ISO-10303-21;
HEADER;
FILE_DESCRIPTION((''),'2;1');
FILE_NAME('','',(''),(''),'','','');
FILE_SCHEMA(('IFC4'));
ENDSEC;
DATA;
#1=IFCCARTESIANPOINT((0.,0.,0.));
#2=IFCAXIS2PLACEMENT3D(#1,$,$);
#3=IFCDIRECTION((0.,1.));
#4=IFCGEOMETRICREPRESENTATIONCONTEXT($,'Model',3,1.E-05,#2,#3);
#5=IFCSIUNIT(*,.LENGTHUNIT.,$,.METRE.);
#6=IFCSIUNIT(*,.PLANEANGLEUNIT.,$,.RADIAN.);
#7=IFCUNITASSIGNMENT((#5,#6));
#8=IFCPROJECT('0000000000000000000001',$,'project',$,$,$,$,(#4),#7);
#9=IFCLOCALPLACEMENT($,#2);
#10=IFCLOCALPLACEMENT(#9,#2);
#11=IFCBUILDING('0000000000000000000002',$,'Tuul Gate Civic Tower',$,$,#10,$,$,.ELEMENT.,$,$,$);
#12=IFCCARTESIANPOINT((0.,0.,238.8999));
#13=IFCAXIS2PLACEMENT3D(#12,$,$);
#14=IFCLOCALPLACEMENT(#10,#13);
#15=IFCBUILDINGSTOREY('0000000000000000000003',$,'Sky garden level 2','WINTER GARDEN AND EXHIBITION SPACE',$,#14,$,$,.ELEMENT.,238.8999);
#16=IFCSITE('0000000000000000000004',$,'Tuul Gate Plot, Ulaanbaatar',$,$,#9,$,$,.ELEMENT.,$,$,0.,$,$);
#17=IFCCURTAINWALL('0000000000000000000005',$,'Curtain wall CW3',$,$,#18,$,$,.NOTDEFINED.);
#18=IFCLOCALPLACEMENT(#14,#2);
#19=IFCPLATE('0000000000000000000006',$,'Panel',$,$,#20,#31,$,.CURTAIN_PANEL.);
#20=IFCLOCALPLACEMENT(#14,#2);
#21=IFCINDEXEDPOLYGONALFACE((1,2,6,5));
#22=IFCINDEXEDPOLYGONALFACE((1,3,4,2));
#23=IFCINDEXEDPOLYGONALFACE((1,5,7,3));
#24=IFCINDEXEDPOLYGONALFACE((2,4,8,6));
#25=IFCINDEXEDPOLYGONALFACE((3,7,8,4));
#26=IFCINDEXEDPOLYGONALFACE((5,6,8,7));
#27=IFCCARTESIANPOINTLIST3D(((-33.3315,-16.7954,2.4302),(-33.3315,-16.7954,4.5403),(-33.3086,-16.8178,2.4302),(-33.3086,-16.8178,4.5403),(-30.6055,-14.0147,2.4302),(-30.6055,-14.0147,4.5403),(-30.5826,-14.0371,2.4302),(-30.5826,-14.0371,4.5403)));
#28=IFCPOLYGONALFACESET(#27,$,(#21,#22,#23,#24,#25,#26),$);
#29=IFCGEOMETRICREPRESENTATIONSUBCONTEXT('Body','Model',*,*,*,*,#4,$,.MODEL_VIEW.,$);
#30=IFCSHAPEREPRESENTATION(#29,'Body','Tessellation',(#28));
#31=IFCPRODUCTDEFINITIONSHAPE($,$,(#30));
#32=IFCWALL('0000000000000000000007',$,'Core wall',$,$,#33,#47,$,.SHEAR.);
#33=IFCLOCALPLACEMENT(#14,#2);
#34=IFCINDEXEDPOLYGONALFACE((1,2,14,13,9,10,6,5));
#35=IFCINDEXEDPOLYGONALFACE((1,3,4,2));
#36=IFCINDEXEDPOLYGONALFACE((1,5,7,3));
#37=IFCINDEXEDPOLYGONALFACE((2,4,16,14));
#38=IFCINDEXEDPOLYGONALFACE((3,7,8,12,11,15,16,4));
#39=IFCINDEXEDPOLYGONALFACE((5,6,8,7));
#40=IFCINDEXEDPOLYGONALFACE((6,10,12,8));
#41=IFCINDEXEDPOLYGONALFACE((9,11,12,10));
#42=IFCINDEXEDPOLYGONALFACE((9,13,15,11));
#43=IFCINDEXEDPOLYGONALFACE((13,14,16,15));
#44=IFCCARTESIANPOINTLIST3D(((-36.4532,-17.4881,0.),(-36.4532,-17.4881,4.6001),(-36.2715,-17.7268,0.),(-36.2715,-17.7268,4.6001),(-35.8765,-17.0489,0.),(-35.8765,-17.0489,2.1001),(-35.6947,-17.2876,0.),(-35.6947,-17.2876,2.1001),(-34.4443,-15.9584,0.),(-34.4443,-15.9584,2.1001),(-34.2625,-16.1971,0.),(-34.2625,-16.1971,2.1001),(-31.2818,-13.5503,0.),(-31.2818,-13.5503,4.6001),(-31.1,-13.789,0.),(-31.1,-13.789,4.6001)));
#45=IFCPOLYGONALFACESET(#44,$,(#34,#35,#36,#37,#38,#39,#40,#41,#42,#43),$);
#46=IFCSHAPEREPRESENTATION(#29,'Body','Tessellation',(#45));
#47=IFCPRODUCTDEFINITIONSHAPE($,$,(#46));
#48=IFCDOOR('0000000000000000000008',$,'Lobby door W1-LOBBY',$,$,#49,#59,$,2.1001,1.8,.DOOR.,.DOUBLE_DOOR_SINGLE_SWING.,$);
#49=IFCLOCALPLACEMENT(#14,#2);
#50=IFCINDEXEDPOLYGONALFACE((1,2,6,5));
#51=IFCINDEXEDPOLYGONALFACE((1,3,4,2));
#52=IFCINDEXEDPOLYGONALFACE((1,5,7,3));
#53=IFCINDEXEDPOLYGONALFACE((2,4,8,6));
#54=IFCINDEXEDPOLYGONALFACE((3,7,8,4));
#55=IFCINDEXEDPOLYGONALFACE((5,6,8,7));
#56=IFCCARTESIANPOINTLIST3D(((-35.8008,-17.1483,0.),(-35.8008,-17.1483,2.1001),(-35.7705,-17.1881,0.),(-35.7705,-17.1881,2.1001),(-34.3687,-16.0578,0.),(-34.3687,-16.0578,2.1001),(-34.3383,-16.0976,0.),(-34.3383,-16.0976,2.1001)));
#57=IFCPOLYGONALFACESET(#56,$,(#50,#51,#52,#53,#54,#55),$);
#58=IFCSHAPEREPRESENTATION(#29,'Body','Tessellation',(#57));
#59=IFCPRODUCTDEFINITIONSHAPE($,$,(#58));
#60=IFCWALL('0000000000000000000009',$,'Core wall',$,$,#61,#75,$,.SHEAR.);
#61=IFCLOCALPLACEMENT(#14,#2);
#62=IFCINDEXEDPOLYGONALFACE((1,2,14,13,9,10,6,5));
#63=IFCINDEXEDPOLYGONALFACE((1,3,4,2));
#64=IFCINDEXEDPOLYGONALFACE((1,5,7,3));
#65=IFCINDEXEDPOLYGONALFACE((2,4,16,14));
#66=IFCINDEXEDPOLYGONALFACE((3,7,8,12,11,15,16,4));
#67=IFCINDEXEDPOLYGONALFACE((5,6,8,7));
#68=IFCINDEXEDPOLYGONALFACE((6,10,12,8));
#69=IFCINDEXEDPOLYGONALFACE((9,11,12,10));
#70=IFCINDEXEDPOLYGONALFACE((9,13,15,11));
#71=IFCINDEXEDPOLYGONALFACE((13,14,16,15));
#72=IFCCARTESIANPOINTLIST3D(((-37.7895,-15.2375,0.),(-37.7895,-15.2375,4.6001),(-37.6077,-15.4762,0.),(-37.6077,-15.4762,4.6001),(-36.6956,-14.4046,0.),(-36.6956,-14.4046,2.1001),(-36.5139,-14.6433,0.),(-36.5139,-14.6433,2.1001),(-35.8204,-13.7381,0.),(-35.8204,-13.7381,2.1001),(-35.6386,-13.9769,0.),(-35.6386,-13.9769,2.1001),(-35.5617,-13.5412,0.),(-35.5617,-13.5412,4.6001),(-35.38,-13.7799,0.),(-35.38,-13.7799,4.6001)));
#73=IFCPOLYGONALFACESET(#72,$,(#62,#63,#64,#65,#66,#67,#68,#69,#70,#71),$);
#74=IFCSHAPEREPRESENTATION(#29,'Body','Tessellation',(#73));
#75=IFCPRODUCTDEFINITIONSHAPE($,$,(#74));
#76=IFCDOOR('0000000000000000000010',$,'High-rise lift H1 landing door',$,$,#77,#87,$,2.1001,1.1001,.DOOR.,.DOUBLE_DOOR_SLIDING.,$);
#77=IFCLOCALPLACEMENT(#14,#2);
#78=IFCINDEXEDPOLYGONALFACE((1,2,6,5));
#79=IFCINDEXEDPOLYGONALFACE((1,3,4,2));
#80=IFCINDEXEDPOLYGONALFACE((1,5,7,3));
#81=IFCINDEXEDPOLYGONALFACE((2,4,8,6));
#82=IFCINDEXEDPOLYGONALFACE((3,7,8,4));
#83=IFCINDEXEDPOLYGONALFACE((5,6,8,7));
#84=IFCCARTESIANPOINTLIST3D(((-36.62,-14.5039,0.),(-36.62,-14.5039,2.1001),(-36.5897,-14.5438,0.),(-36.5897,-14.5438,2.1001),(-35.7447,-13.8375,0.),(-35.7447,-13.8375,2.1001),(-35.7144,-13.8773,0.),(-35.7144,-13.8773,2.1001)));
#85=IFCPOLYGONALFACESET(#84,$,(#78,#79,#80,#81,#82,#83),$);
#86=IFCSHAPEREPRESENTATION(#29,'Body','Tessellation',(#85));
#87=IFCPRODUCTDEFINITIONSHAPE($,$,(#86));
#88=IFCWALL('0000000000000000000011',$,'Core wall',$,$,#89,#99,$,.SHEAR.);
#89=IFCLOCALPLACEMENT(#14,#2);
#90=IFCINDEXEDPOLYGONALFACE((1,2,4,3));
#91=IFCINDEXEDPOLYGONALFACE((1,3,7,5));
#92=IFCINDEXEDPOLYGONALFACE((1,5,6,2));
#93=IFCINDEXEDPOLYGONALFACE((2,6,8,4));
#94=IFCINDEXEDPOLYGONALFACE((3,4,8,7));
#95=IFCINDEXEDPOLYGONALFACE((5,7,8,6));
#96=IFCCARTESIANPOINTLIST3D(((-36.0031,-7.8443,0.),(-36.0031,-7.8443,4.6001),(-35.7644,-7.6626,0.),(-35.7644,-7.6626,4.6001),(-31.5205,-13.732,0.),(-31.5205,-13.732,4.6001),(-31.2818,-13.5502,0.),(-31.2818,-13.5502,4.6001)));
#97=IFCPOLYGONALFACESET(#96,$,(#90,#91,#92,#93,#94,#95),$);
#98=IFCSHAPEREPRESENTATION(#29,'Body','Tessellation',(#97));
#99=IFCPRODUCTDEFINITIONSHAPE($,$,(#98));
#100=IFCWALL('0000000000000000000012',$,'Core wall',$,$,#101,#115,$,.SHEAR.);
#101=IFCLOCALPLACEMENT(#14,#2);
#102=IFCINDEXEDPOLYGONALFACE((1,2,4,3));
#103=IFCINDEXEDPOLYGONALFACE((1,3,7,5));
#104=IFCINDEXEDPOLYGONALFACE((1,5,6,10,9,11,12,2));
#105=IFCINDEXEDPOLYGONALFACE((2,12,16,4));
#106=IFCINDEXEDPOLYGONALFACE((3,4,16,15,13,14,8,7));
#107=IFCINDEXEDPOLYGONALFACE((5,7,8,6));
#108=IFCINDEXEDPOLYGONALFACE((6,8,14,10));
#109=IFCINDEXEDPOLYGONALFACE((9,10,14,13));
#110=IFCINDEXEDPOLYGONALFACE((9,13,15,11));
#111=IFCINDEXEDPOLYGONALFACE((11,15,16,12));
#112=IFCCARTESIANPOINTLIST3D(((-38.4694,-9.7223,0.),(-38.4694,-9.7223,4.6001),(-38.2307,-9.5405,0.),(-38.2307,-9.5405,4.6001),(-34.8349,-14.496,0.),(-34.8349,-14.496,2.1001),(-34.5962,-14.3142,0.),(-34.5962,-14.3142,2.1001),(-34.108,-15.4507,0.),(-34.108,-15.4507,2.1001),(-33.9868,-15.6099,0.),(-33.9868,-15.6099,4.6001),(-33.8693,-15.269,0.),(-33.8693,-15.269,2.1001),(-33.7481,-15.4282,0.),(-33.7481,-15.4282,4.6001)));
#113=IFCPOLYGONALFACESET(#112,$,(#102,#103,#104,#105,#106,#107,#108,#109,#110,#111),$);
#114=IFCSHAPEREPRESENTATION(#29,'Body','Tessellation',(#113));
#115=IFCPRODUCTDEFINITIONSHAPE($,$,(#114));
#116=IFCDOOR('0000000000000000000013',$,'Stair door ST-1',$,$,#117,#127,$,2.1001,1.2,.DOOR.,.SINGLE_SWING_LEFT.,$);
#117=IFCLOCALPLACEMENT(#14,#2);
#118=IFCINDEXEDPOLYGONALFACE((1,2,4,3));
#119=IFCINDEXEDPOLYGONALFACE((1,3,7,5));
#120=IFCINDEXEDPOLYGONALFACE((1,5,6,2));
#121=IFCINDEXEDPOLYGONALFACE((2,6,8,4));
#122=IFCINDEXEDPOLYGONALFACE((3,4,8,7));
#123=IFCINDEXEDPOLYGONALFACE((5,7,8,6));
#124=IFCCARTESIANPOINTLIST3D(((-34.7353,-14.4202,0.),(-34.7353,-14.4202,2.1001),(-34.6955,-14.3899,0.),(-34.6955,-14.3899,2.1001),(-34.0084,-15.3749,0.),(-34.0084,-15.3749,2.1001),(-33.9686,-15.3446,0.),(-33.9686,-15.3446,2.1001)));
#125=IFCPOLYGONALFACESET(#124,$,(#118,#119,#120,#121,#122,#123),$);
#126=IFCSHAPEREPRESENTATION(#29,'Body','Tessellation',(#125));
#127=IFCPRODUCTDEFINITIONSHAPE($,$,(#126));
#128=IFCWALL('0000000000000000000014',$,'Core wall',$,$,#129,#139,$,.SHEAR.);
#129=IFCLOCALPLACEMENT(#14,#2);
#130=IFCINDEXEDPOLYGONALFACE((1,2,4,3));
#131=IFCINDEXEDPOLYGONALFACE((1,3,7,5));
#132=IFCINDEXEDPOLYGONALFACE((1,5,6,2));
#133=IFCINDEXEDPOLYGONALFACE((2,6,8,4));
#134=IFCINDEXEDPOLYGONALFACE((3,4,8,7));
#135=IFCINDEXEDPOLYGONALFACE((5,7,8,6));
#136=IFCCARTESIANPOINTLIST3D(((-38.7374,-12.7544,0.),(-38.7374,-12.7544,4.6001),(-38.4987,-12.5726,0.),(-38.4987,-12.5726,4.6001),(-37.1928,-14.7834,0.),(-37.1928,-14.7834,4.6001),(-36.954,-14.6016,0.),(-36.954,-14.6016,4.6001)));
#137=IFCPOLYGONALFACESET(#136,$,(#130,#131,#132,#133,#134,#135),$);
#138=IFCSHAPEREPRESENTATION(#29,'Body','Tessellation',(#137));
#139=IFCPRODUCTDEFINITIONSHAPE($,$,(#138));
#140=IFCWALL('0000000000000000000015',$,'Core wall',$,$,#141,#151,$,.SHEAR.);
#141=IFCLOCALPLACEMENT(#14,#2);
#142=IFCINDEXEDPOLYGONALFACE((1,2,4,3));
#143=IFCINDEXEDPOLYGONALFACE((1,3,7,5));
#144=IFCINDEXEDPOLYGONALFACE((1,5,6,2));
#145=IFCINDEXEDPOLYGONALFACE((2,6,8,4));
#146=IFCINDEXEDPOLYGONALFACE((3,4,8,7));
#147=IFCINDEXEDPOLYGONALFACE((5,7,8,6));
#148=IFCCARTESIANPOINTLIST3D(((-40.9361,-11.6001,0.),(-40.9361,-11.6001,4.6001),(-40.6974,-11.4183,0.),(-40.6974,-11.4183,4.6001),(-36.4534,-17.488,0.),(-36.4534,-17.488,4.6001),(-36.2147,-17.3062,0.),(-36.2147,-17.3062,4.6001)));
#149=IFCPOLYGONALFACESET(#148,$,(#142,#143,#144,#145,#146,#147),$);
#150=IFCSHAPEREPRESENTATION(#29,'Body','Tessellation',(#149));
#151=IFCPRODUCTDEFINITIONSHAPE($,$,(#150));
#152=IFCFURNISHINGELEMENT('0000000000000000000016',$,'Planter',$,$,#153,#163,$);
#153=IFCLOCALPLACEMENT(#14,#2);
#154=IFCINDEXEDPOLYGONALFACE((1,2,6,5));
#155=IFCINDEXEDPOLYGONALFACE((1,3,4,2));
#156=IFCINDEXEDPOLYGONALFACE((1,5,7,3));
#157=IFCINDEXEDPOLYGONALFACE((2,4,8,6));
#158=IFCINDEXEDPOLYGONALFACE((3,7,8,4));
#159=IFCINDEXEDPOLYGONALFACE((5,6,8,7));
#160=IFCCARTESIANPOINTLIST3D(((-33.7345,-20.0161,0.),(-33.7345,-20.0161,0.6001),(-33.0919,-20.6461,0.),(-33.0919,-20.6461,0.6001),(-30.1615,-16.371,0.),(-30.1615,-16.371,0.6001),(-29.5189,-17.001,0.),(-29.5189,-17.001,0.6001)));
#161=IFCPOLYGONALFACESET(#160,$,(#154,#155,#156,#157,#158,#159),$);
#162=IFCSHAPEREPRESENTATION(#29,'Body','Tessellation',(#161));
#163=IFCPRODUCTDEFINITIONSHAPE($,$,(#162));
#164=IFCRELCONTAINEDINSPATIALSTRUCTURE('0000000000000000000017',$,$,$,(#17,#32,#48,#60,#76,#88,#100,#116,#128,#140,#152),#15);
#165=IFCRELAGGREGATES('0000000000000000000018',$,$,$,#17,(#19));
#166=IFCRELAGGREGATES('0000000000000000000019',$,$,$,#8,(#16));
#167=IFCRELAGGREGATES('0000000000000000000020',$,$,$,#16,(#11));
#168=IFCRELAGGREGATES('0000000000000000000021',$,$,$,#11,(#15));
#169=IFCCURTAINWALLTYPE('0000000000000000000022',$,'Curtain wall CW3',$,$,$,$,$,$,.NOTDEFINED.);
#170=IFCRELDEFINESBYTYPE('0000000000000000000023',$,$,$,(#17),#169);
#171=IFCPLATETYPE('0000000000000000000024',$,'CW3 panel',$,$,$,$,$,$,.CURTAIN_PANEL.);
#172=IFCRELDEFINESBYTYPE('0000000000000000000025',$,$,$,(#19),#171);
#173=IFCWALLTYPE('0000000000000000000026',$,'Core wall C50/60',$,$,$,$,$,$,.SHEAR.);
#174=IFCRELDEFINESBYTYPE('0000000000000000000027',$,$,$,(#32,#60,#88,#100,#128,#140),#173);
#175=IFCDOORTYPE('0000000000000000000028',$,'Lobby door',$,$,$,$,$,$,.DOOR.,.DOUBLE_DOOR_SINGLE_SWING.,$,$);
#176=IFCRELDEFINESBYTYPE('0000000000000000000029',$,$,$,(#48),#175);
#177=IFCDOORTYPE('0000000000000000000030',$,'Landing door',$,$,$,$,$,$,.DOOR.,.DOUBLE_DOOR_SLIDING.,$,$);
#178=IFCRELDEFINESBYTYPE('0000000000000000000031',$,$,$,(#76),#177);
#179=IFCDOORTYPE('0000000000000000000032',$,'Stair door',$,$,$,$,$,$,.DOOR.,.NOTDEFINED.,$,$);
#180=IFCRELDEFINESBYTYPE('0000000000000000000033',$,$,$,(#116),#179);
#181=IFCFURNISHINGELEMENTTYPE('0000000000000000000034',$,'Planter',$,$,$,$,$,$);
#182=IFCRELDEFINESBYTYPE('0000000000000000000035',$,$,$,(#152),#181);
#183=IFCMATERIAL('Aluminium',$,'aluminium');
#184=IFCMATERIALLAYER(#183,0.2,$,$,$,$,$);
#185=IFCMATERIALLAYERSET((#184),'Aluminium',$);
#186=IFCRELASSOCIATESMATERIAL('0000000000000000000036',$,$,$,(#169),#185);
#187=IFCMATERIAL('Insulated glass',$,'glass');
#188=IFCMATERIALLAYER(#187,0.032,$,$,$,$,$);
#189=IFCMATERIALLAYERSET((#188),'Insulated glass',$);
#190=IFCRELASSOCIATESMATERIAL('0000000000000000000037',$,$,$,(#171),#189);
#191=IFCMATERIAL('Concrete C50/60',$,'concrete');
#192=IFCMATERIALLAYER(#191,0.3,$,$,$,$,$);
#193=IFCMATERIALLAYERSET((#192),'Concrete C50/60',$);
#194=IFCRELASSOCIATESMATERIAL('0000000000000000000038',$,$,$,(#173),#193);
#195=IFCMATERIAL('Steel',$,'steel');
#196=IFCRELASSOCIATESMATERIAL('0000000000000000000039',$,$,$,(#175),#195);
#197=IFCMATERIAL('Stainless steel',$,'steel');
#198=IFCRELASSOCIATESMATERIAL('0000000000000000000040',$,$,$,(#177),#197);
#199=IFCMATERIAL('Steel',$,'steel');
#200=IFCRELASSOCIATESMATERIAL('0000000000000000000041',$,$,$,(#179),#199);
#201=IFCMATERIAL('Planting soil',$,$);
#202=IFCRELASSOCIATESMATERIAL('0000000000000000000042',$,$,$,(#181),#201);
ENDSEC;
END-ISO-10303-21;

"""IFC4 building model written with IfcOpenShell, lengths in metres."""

from ifc_helpers import new_model, si_unit, direction, frame, frame_2d, origin, origin_2d, place, context, subcontext, project, spatial, rectangle, extrude, material, layer, layer_set, type_object, element, fill, aggregate, save


model = new_model("IFC4")

# Units and contexts
model_context = context("Model", 3, precision=1e-05, world=origin(), true_north=direction((0.0, 1.0)))
body_context = subcontext(model_context, "Body", "Model", "MODEL_VIEW")
ifc_project = project(units=[si_unit("LENGTHUNIT", "METRE"), si_unit("PLANEANGLEUNIT", "RADIAN")], contexts=[model_context])

# Site, building, storey
site_placement = place(None, origin())
site = spatial("IfcSite", under=ifc_project, at=site_placement, Name="Tuul Gate Plot, Ulaanbaatar", CompositionType="ELEMENT", RefElevation=0.0)
building_placement = place(site_placement, origin())
building = spatial("IfcBuilding", under=site, at=building_placement, Name="Tuul Gate Civic Tower", CompositionType="ELEMENT")
storey_placement = place(building_placement, frame((0.0, 0.0, 238.8999)))
storey = spatial("IfcBuildingStorey", under=building, at=storey_placement, Name="Sky garden level 2", Description="WINTER GARDEN AND EXHIBITION SPACE", CompositionType="ELEMENT", Elevation=238.8999)

# Curtain wall
ifc_material_1 = material(Name="Aluminium", Category="aluminium")
ifc_layer_1 = layer(ifc_material_1, 0.2)
ifc_layer_set_1 = layer_set([ifc_layer_1], Name="Aluminium")
curtain_wall_type = type_object("IfcCurtainWallType", Name="Curtain wall CW3", PredefinedType="NOTDEFINED", material=ifc_layer_set_1)
curtain_wall_placement = place(storey_placement, origin())
curtain_wall = element("IfcCurtainWall", 1, at=curtain_wall_placement, inside=storey, type_object=curtain_wall_type, Name="Curtain wall CW3", PredefinedType="NOTDEFINED")

# Plate
ifc_material_2 = material(Name="Insulated glass", Category="glass")
ifc_layer_2 = layer(ifc_material_2, 0.032)
ifc_layer_set_2 = layer_set([ifc_layer_2], Name="Insulated glass")
plate_type = type_object("IfcPlateType", Name="CW3 panel", PredefinedType="CURTAIN_PANEL", material=ifc_layer_set_2)
plate_1_placement = place(storey_placement, frame((-31.957, -15.4163, 2.4302), z_axis=(0.0, 0.0, 1.0), x_axis=(0.700044, 0.7141, 0.0)))
plate_1 = element("IfcPlate", 2, at=plate_1_placement, type_object=plate_type, Name="Panel", PredefinedType="CURTAIN_PANEL", context=body_context, shape_type="SweptSolid", body=[
    extrude(rectangle(XDim=3.894, YDim=0.032, at=origin_2d()), origin(), (0.0, 0.0, 1.0), 2.1101),
])
aggregate(curtain_wall, [plate_1])

# Walls, openings, doors
ifc_material_3 = material(Name="Concrete C50/60", Category="concrete")
ifc_layer_3 = layer(ifc_material_3, 0.3)
ifc_layer_set_3 = layer_set([ifc_layer_3], Name="Concrete C50/60")
wall_type_1 = type_object("IfcWallType", Name="Core wall C50/60", PredefinedType="SHEAR", material=ifc_layer_set_3)
wall_1_placement = place(storey_placement, frame((-31.1909, -13.6697, 0.0), z_axis=(0.0, 0.0, 1.0), x_axis=(-0.795607, -0.605813, 0.0)))
wall_1 = element("IfcWall", 3, at=wall_1_placement, inside=storey, type_object=wall_type_1, Name="Core wall", PredefinedType="SHEAR", context=body_context, shape_type="SweptSolid", body=[
    extrude(rectangle(XDim=6.5, YDim=0.3, at=frame_2d((3.25, 0.0))), origin(), (0.0, 0.0, 1.0), 4.6001),
])
opening_1_placement = place(wall_1_placement, frame((3.9751, 0.0, 0.0)))
opening_1 = element("IfcOpeningElement", 4, at=opening_1_placement, cuts=wall_1, PredefinedType="OPENING", context=body_context, shape_type="SweptSolid", body=[
    extrude(rectangle(XDim=1.8, YDim=2.1001, at=frame_2d((0.8999, 1.05))), frame((0.0, 0.1602, 0.0), z_axis=(0.0, -1.0, 0.0), x_axis=(1.0, 0.0, 0.0)), (0.0, 0.0, 1.0), 0.3201),
])
ifc_material_4 = material(Name="Steel", Category="steel")
door_type_1 = type_object("IfcDoorType", Name="Lobby door", OperationType="DOUBLE_DOOR_SINGLE_SWING", PredefinedType="DOOR", material=ifc_material_4)
door_1_placement = place(opening_1_placement, origin())
door_1 = element("IfcDoor", 5, at=door_1_placement, inside=storey, type_object=door_type_1, Name="Lobby door W1-LOBBY", OperationType="DOUBLE_DOOR_SINGLE_SWING", OverallHeight=2.1001, OverallWidth=1.8, PredefinedType="DOOR", context=body_context, shape_type="SweptSolid", body=[
    extrude(rectangle(XDim=1.8, YDim=2.1001, at=frame_2d((0.8999, 1.05))), frame((0.0, 0.0249, 0.0), z_axis=(0.0, -1.0, 0.0), x_axis=(1.0, 0.0, 0.0)), (0.0, 0.0, 1.0), 0.05),
])
fill(opening_1, door_1)
wall_2_placement = place(storey_placement, frame((-35.4709, -13.6606, 0.0), z_axis=(0.0, 0.0, 1.0), x_axis=(-0.795616, -0.605802, 0.0)))
wall_2 = element("IfcWall", 6, at=wall_2_placement, inside=storey, type_object=wall_type_1, Name="Core wall", PredefinedType="SHEAR", context=body_context, shape_type="SweptSolid", body=[
    extrude(rectangle(XDim=2.8, YDim=0.3, at=frame_2d((1.3999, 0.0))), origin(), (0.0, 0.0, 1.0), 4.6001),
])
opening_2_placement = place(wall_2_placement, frame((0.325, 0.0, 0.0)))
opening_2 = element("IfcOpeningElement", 7, at=opening_2_placement, cuts=wall_2, PredefinedType="OPENING", context=body_context, shape_type="SweptSolid", body=[
    extrude(rectangle(XDim=1.1001, YDim=2.1001, at=frame_2d((0.55, 1.05))), frame((0.0, 0.1602, 0.0), z_axis=(0.0, -1.0, 0.0), x_axis=(1.0, 0.0, 0.0)), (0.0, 0.0, 1.0), 0.3201),
])
ifc_material_5 = material(Name="Stainless steel", Category="steel")
door_type_2 = type_object("IfcDoorType", Name="Landing door", OperationType="DOUBLE_DOOR_SLIDING", PredefinedType="DOOR", material=ifc_material_5)
door_2_placement = place(opening_2_placement, origin())
door_2 = element("IfcDoor", 8, at=door_2_placement, inside=storey, type_object=door_type_2, Name="High-rise lift H1 landing door", OperationType="DOUBLE_DOOR_SLIDING", OverallHeight=2.1001, OverallWidth=1.1001, PredefinedType="DOOR", context=body_context, shape_type="SweptSolid", body=[
    extrude(rectangle(XDim=1.1001, YDim=2.1001, at=frame_2d((0.55, 1.05))), frame((0.0, 0.0249, 0.0), z_axis=(0.0, -1.0, 0.0), x_axis=(1.0, 0.0, 0.0)), (0.0, 0.0, 1.0), 0.05),
])
fill(opening_2, door_2)

# Wall
wall_3_placement = place(storey_placement, frame((-31.4011, -13.6411, 0.0), z_axis=(0.0, 0.0, 1.0), x_axis=(-0.60577, 0.79564, 0.0)))
element("IfcWall", 9, at=wall_3_placement, inside=storey, type_object=wall_type_1, Name="Core wall", PredefinedType="SHEAR", context=body_context, shape_type="SweptSolid", body=[
    extrude(rectangle(XDim=7.3999, YDim=0.3, at=frame_2d((3.7, 0.0))), origin(), (0.0, 0.0, 1.0), 4.6001),
])

# Wall, opening, door
wall_4_placement = place(storey_placement, frame((-33.8674, -15.519, 0.0), z_axis=(0.0, 0.0, 1.0), x_axis=(-0.60577, 0.79564, 0.0)))
wall_4 = element("IfcWall", 10, at=wall_4_placement, inside=storey, type_object=wall_type_1, Name="Core wall", PredefinedType="SHEAR", context=body_context, shape_type="SweptSolid", body=[
    extrude(rectangle(XDim=7.3999, YDim=0.3, at=frame_2d((3.7, 0.0))), origin(), (0.0, 0.0, 1.0), 4.6001),
])
opening_3_placement = place(wall_4_placement, frame((0.2, 0.0, 0.0)))
opening_3 = element("IfcOpeningElement", 11, at=opening_3_placement, cuts=wall_4, PredefinedType="OPENING", context=body_context, shape_type="SweptSolid", body=[
    extrude(rectangle(XDim=1.2, YDim=2.1001, at=frame_2d((0.6001, 1.05))), frame((0.0, 0.1602, 0.0), z_axis=(0.0, -1.0, 0.0), x_axis=(1.0, 0.0, 0.0)), (0.0, 0.0, 1.0), 0.3201),
])
ifc_material_6 = material(Name="Steel", Category="steel")
door_type_3 = type_object("IfcDoorType", Name="Stair door", OperationType="NOTDEFINED", PredefinedType="DOOR", material=ifc_material_6)
door_3_placement = place(opening_3_placement, origin())
door_3 = element("IfcDoor", 12, at=door_3_placement, inside=storey, type_object=door_type_3, Name="Stair door ST-1", OperationType="SINGLE_SWING_LEFT", OverallHeight=2.1001, OverallWidth=1.2, PredefinedType="DOOR", context=body_context, shape_type="SweptSolid", body=[
    extrude(rectangle(XDim=1.2, YDim=2.1001, at=frame_2d((0.6001, 1.05))), frame((0.0, 0.0249, 0.0), z_axis=(0.0, -1.0, 0.0), x_axis=(1.0, 0.0, 0.0)), (0.0, 0.0, 1.0), 0.05),
])
fill(opening_3, door_3)

# Walls
wall_5_placement = place(storey_placement, frame((-37.0735, -14.6924, 0.0), z_axis=(0.0, 0.0, 1.0), x_axis=(-0.605729, 0.795671, 0.0)))
element("IfcWall", 13, at=wall_5_placement, inside=storey, type_object=wall_type_1, Name="Core wall", PredefinedType="SHEAR", context=body_context, shape_type="SweptSolid", body=[
    extrude(rectangle(XDim=2.55, YDim=0.3, at=frame_2d((1.2749, 0.0))), origin(), (0.0, 0.0, 1.0), 4.6001),
])
wall_6_placement = place(storey_placement, frame((-36.334, -17.3972, 0.0), z_axis=(0.0, 0.0, 1.0), x_axis=(-0.605754, 0.795652, 0.0)))
element("IfcWall", 14, at=wall_6_placement, inside=storey, type_object=wall_type_1, Name="Core wall", PredefinedType="SHEAR", context=body_context, shape_type="SweptSolid", body=[
    extrude(rectangle(XDim=7.4001, YDim=0.3, at=frame_2d((3.7002, 0.0))), origin(), (0.0, 0.0, 1.0), 4.6001),
])

# Furnishing element
ifc_material_7 = material(Name="Planting soil")
furnishing_element_type = type_object("IfcFurnishingElementType", Name="Planter", material=ifc_material_7)
furnishing_placement = place(storey_placement, frame((-31.6267, -18.5085, 0.0), z_axis=(0.0, 0.0, 1.0), x_axis=(0.700009, 0.714134, 0.0)))
element("IfcFurnishingElement", 15, at=furnishing_placement, inside=storey, type_object=furnishing_element_type, Name="Planter", context=body_context, shape_type="SweptSolid", body=[
    extrude(rectangle(XDim=5.1042, YDim=0.8999, at=origin_2d()), origin(), (0.0, 0.0, 1.0), 0.6001),
])

save(model, "model.ifc")
